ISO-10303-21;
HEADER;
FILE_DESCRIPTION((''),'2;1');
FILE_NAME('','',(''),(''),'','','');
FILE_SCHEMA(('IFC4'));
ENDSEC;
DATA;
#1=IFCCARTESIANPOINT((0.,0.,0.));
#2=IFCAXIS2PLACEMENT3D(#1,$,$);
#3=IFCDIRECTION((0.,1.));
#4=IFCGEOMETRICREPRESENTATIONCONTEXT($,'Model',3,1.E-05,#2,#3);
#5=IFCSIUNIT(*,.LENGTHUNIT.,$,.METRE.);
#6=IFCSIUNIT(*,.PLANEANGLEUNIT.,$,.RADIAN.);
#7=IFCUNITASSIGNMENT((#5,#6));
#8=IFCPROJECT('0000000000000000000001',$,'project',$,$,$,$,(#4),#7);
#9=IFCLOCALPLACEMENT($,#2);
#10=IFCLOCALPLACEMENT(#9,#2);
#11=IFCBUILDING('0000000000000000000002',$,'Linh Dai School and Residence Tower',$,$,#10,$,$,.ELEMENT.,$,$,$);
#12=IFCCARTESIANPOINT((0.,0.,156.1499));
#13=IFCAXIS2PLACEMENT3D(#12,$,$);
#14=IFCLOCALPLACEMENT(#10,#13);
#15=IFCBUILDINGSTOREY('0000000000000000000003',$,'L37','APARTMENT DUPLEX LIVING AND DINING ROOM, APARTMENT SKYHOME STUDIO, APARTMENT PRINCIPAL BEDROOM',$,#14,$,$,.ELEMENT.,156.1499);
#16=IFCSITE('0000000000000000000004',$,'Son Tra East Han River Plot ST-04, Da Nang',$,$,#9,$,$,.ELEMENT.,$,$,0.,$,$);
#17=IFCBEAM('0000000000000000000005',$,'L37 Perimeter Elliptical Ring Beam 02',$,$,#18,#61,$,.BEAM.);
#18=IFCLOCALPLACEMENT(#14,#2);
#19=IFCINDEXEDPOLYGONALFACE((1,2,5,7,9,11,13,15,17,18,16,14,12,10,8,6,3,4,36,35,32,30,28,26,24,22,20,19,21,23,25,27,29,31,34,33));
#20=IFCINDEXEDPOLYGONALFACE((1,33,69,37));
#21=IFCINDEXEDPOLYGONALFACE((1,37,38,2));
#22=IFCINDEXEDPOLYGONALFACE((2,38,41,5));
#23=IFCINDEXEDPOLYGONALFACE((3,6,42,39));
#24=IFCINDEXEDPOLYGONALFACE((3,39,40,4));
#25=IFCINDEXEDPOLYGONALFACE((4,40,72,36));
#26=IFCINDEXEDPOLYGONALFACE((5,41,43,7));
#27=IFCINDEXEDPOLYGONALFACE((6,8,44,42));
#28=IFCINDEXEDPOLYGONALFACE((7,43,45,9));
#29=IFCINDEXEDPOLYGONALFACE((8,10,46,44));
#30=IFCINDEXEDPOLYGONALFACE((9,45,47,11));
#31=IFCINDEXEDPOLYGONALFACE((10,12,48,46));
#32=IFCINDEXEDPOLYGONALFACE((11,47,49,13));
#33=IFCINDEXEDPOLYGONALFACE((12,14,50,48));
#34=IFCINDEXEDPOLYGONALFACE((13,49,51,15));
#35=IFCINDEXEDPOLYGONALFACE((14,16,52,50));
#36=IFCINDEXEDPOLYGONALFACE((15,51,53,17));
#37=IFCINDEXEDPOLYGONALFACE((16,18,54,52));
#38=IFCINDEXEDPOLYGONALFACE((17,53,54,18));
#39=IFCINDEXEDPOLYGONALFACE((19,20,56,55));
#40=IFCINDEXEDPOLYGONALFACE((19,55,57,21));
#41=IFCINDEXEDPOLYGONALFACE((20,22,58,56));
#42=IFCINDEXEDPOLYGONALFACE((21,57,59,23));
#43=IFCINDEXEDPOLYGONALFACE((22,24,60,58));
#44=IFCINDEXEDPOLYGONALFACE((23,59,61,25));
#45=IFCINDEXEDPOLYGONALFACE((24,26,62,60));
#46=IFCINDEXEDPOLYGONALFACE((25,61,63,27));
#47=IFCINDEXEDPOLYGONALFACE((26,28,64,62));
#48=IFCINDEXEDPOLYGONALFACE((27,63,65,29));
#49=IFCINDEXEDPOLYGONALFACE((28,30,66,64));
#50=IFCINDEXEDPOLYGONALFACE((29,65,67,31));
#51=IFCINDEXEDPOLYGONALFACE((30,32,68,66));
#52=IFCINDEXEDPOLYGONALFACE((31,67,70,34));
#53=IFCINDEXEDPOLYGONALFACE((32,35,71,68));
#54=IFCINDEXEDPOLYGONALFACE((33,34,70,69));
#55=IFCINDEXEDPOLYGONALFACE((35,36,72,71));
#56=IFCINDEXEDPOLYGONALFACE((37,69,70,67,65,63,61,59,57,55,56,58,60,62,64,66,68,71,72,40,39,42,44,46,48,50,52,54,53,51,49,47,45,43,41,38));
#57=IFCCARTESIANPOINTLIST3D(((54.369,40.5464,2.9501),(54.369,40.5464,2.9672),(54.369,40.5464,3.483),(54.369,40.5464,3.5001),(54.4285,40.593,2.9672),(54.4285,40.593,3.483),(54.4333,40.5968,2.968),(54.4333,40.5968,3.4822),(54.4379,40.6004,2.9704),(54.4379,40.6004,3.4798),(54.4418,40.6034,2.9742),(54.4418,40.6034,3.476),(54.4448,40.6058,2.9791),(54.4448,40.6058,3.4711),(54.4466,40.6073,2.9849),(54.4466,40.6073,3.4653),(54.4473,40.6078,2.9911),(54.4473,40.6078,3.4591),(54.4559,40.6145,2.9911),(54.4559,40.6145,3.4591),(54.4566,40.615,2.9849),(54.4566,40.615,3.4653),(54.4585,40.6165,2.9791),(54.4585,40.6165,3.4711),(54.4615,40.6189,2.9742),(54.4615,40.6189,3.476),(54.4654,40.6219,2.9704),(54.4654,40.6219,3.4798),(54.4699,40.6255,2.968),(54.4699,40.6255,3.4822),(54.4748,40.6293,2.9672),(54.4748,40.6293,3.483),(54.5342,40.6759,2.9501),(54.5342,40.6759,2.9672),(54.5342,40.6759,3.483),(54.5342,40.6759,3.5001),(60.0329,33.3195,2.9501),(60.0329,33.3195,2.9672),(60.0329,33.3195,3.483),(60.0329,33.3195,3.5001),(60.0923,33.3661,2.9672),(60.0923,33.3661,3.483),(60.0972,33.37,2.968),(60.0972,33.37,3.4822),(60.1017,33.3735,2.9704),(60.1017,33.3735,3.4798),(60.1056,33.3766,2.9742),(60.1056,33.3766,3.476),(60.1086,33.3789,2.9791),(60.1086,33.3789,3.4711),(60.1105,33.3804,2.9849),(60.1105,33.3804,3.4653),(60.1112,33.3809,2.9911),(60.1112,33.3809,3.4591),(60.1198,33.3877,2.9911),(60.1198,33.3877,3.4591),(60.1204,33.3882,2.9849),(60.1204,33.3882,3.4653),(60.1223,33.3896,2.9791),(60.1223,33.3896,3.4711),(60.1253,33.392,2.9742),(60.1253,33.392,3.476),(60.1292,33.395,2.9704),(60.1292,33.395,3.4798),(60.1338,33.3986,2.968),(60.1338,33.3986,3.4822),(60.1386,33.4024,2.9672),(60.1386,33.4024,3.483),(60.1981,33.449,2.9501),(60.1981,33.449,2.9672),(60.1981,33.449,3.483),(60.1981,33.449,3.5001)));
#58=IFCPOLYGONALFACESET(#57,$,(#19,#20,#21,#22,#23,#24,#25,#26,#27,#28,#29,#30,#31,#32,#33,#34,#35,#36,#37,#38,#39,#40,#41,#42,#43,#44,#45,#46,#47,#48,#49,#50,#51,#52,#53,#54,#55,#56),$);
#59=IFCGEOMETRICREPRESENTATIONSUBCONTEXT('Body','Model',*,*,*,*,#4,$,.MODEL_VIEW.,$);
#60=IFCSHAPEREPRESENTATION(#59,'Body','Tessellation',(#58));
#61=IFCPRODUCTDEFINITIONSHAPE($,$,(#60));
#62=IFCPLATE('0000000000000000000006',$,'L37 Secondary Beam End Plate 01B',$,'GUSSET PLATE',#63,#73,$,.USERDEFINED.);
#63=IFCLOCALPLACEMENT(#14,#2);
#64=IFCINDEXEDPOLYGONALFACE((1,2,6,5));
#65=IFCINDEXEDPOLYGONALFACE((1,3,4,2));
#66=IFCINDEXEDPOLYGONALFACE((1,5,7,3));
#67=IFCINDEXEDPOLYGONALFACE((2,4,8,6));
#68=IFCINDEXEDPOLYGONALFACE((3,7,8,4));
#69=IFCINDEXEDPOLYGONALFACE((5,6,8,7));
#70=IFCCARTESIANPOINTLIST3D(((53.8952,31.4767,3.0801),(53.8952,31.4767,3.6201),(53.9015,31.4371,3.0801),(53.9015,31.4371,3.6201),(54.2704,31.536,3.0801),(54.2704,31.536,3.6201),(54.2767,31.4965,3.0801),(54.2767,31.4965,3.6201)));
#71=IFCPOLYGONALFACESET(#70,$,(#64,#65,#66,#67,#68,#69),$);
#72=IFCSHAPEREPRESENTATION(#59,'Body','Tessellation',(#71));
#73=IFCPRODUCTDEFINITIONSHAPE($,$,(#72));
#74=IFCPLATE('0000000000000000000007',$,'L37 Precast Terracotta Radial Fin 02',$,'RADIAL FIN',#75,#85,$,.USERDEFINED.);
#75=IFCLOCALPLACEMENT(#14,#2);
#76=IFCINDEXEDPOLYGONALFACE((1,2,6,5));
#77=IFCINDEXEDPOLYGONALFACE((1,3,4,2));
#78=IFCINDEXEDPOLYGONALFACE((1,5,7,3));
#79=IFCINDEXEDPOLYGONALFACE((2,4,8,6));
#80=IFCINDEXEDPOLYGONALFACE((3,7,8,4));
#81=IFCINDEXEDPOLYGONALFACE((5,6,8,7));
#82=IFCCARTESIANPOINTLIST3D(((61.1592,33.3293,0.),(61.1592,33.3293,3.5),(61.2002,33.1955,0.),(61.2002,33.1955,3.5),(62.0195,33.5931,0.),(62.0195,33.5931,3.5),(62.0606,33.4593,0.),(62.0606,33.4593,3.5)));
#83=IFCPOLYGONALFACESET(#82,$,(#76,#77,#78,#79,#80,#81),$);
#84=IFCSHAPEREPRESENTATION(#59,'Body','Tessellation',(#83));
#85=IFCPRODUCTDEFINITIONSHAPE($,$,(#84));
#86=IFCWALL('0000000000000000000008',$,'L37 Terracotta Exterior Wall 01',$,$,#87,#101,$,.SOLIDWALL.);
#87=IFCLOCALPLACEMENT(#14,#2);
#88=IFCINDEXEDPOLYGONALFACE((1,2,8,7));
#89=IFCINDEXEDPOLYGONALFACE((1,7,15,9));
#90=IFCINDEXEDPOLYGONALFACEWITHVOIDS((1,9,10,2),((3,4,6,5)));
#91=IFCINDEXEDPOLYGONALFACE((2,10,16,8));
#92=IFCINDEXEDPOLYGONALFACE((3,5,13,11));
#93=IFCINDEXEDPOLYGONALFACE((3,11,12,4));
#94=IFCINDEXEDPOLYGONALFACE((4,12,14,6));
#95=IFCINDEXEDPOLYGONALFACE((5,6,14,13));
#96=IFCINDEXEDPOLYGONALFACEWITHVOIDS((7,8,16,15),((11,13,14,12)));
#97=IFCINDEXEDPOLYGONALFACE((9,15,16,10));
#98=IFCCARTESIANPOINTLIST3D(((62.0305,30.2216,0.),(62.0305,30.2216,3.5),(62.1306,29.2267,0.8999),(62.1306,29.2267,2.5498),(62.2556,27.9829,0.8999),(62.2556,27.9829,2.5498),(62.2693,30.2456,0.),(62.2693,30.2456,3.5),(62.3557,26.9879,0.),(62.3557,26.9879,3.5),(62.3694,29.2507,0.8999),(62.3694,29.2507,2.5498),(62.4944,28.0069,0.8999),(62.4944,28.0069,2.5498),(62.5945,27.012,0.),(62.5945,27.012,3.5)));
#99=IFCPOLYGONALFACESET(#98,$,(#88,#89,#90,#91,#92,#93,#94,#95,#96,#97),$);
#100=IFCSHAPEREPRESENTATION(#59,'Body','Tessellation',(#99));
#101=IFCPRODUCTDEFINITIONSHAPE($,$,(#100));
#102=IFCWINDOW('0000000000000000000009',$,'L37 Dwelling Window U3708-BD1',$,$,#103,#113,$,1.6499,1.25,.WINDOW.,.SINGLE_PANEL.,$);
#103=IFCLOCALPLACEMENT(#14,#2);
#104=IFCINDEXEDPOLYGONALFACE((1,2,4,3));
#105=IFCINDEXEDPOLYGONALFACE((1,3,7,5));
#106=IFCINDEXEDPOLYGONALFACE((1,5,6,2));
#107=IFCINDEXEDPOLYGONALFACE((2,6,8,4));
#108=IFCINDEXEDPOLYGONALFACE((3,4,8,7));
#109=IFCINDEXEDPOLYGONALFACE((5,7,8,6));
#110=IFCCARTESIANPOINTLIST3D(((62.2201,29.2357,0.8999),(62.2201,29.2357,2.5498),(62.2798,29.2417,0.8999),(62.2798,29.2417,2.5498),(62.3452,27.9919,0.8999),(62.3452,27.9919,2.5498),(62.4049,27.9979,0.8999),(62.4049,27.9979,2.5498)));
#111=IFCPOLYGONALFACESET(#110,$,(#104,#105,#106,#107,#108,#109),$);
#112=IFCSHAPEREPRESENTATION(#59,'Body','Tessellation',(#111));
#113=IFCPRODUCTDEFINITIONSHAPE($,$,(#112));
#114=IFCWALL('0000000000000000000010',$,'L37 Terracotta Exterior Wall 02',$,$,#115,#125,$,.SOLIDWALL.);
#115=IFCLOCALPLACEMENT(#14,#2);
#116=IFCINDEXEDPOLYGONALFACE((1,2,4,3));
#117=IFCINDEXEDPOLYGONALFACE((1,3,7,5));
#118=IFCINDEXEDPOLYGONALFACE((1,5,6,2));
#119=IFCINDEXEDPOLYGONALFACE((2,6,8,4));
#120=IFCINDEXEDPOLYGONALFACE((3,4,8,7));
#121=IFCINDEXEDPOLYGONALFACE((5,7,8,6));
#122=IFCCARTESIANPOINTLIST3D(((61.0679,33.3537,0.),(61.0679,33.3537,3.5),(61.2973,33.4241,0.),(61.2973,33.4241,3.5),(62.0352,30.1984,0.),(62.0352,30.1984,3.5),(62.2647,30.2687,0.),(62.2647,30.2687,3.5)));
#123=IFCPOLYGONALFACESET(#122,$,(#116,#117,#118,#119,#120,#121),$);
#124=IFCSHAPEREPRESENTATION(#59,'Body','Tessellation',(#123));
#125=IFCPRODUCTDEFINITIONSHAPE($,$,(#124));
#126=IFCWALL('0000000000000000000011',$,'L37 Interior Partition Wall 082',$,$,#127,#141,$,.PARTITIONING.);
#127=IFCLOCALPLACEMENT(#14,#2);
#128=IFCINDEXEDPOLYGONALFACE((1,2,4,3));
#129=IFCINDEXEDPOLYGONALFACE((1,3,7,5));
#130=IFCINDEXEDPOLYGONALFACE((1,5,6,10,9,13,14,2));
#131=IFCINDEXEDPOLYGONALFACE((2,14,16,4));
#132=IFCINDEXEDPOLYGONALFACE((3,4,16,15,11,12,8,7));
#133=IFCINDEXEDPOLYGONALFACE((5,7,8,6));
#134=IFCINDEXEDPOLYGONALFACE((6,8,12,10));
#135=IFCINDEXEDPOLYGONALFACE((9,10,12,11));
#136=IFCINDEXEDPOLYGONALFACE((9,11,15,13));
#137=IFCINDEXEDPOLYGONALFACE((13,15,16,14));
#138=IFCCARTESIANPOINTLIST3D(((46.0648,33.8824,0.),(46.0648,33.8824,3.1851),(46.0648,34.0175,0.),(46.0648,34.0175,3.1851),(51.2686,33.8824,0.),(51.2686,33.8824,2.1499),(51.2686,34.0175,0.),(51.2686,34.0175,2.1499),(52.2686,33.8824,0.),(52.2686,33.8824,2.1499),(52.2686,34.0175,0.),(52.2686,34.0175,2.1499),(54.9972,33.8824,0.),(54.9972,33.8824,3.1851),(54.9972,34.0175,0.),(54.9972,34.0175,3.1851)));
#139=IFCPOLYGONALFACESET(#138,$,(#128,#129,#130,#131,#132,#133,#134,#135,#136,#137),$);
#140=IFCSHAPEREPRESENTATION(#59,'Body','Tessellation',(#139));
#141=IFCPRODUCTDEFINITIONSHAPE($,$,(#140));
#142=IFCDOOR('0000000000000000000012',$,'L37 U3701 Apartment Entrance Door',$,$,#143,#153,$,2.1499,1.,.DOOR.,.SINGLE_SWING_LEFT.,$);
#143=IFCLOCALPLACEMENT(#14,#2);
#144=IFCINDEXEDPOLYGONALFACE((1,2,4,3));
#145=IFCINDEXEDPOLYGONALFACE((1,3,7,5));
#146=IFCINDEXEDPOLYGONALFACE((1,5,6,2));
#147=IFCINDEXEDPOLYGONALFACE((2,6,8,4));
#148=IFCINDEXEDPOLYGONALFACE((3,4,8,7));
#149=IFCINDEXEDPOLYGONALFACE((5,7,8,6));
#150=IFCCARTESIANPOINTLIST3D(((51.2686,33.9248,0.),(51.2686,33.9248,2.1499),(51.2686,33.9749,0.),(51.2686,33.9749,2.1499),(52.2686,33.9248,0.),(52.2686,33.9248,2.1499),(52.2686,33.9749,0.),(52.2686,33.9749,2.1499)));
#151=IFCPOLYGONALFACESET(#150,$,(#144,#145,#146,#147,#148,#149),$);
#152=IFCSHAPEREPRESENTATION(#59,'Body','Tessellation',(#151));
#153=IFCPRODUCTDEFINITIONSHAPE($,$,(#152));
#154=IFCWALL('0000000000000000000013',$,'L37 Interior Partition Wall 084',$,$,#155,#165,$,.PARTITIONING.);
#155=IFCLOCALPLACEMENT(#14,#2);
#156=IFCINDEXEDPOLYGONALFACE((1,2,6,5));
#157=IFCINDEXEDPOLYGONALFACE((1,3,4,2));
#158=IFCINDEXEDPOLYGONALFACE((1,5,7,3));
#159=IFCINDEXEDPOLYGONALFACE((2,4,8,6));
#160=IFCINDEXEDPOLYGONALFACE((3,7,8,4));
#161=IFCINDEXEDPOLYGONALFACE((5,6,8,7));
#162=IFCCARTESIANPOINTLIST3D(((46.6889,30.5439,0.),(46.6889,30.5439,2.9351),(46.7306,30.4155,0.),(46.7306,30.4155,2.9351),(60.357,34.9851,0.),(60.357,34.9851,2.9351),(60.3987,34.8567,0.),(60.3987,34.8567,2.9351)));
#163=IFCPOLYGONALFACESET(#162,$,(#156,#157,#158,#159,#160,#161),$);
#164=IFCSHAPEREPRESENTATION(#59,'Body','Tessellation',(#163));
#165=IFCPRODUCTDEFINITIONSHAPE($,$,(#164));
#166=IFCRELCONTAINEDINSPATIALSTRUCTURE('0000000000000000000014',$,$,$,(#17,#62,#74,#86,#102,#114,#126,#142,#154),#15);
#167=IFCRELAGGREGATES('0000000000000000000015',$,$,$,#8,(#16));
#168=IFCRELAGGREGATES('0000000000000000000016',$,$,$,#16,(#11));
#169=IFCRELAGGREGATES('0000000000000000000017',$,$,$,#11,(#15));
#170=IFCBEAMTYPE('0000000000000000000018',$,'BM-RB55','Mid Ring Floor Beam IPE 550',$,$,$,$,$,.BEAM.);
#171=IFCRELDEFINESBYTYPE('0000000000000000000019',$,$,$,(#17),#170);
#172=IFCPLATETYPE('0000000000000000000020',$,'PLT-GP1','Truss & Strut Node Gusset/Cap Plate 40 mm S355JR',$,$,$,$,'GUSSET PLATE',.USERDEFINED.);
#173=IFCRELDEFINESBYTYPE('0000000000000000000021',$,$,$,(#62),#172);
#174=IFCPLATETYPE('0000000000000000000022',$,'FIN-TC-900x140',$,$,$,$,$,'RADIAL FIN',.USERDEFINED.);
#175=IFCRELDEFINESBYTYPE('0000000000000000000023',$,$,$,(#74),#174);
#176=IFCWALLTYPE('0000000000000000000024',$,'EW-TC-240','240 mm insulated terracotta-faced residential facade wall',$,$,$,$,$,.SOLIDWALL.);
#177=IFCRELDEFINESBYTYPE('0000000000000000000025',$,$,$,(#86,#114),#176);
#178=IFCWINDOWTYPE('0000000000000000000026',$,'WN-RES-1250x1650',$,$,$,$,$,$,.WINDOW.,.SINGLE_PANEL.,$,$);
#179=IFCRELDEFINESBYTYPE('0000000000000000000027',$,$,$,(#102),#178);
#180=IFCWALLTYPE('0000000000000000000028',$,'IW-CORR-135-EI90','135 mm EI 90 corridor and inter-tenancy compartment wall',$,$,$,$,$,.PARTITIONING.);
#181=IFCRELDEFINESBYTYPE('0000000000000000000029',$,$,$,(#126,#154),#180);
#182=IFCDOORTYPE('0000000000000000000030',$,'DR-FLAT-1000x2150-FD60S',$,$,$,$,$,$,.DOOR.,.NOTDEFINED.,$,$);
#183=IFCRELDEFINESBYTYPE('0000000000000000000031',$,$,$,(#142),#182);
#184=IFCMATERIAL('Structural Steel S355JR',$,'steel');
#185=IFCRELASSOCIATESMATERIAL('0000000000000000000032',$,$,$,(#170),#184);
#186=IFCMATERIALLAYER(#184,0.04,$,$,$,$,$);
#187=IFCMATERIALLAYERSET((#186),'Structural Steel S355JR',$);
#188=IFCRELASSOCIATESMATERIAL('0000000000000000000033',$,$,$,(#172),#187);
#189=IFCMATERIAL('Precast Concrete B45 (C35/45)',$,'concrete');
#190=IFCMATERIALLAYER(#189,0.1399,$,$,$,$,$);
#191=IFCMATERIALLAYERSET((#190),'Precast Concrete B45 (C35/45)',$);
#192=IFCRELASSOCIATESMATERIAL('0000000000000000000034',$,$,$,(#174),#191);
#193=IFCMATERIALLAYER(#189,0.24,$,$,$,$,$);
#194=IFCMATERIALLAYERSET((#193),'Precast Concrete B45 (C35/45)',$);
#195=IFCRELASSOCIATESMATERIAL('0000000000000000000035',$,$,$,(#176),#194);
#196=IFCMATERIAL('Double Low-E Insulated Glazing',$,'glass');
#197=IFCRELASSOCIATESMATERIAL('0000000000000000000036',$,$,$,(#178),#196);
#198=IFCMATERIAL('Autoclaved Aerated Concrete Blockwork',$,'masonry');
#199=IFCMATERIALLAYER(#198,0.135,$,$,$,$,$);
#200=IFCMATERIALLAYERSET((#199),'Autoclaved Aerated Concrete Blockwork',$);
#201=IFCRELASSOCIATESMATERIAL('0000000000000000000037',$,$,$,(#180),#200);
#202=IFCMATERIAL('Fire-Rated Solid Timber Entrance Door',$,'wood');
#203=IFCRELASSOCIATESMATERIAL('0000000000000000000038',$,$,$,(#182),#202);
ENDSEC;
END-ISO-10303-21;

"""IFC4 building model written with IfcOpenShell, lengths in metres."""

from ifc_helpers import new_model, si_unit, direction, frame, frame_2d, origin, origin_2d, place, context, subcontext, project, spatial, rectangle, i_section, extrude, source, transform, mapped, material, layer, layer_set, material_profile, profile_set, type_object, element, fill, save


model = new_model("IFC4")

# Units and contexts
model_context = context("Model", 3, precision=1e-05, world=origin(), true_north=direction((0.0, 1.0)))
body_context = subcontext(model_context, "Body", "Model", "MODEL_VIEW")
ifc_project = project(units=[si_unit("LENGTHUNIT", "METRE"), si_unit("PLANEANGLEUNIT", "RADIAN")], contexts=[model_context])

# Site, building, storey
site_placement = place(None, origin())
site = spatial("IfcSite", under=ifc_project, at=site_placement, Name="Son Tra East Han River Plot ST-04, Da Nang", CompositionType="ELEMENT", RefElevation=0.0)
building_placement = place(site_placement, origin())
building = spatial("IfcBuilding", under=site, at=building_placement, Name="Linh Dai School and Residence Tower", CompositionType="ELEMENT")
storey_placement = place(building_placement, frame((0.0, 0.0, 156.1499)))
storey = spatial("IfcBuildingStorey", under=building, at=storey_placement, Name="L37", Description="APARTMENT DUPLEX LIVING AND DINING ROOM, APARTMENT SKYHOME STUDIO, APARTMENT PRINCIPAL BEDROOM", CompositionType="ELEMENT", Elevation=156.1499)

# Shared definitions
ifc_material_1 = material(Name="Structural Steel S355JR", Category="steel")

# Beam
ifc_material_profile_1 = material_profile(ifc_material_1, i_section(OverallWidth=0.21, OverallDepth=0.55, WebThickness=0.011, FlangeThickness=0.0171, FilletRadius=0.0239, at=origin_2d()), Name="IPE 550")
ifc_profile_set_1 = profile_set([ifc_material_profile_1], Name="Structural Steel S355JR")
beam_type = type_object("IfcBeamType", Name="BM-RB55", Description="Mid Ring Floor Beam IPE 550", PredefinedType="BEAM", material=ifc_profile_set_1)
beam_1_placement = place(storey_placement, frame((60.1155, 33.3843, 3.2251), z_axis=(-0.616852, 0.787079, 0.0), x_axis=(-0.787079, -0.616852, 0.0)))
element("IfcBeam", 1, at=beam_1_placement, inside=storey, type_object=beam_type, Name="L37 Perimeter Elliptical Ring Beam 02", PredefinedType="BEAM", context=body_context, shape_type="SweptSolid", body=[
    extrude(i_section(OverallWidth=0.21, OverallDepth=0.55, WebThickness=0.011, FlangeThickness=0.0171, FilletRadius=0.0239, at=origin_2d()), origin(), (0.0, 0.0, 1.0), 9.1819),
])

# Plates
ifc_layer_1 = layer(ifc_material_1, 0.04)
ifc_layer_set_1 = layer_set([ifc_layer_1], Name="Structural Steel S355JR")
plate_type_1 = type_object("IfcPlateType", Name="PLT-GP1", Description="Truss & Strut Node Gusset/Cap Plate 40 mm S355JR", ElementType="GUSSET PLATE", PredefinedType="USERDEFINED", material=ifc_layer_set_1)
shared_shape_1 = source(origin(), body_context, "Body", "SweptSolid", [
    extrude(rectangle(XDim=0.04, YDim=0.3799, at=origin_2d()), origin(), (0.0, 0.0, 1.0), 0.54),
])
plate_1_placement = place(storey_placement, frame((54.0859, 31.4866, 3.0801), z_axis=(0.0, 0.0, 1.0), x_axis=(-0.156309, 0.987708, 0.0)))
element("IfcPlate", 2, at=plate_1_placement, inside=storey, type_object=plate_type_1, Name="L37 Secondary Beam End Plate 01B", ObjectType="GUSSET PLATE", PredefinedType="USERDEFINED", context=body_context, shape_type="MappedRepresentation", body=[
    mapped(shared_shape_1, transform((0.0, 0.0, 0.0), x_axis=(1.0, 0.0, 0.0), y_axis=(0.0, 1.0, 0.0), z_axis=(0.0, 0.0, 1.0), scale=1.0)),
])
ifc_material_2 = material(Name="Precast Concrete B45 (C35/45)", Category="concrete")
ifc_layer_2 = layer(ifc_material_2, 0.1399)
ifc_layer_set_2 = layer_set([ifc_layer_2], Name="Precast Concrete B45 (C35/45)")
plate_type_2 = type_object("IfcPlateType", Name="FIN-TC-900x140", ElementType="RADIAL FIN", PredefinedType="USERDEFINED", material=ifc_layer_set_2)
shared_shape_2 = source(origin(), body_context, "Body", "SweptSolid", [
    extrude(rectangle(XDim=0.8999, YDim=0.1399, at=origin_2d()), origin(), (0.0, 0.0, 1.0), 3.5),
])
plate_2_placement = place(storey_placement, frame((61.6099, 33.3943, 0.0), z_axis=(0.0, 0.0, 1.0), x_axis=(0.956075, 0.293122, 0.0)))
element("IfcPlate", 3, at=plate_2_placement, inside=storey, type_object=plate_type_2, Name="L37 Precast Terracotta Radial Fin 02", ObjectType="RADIAL FIN", PredefinedType="USERDEFINED", context=body_context, shape_type="MappedRepresentation", body=[
    mapped(shared_shape_2, transform((0.0, 0.0, 0.0), x_axis=(1.0, 0.0, 0.0), y_axis=(0.0, 1.0, 0.0), z_axis=(0.0, 0.0, 1.0), scale=1.0)),
])

# Wall, opening, window
ifc_layer_3 = layer(ifc_material_2, 0.24)
ifc_layer_set_3 = layer_set([ifc_layer_3], Name="Precast Concrete B45 (C35/45)")
wall_type_1 = type_object("IfcWallType", Name="EW-TC-240", Description="240 mm insulated terracotta-faced residential facade wall", PredefinedType="SOLIDWALL", material=ifc_layer_set_3)
wall_1_placement = place(storey_placement, frame((62.1499, 30.2336, 0.0), z_axis=(0.0, 0.0, 1.0), x_axis=(0.100062, -0.994981, 0.0)))
wall_1 = element("IfcWall", 4, at=wall_1_placement, inside=storey, type_object=wall_type_1, Name="L37 Terracotta Exterior Wall 01", PredefinedType="SOLIDWALL", context=body_context, shape_type="SweptSolid", body=[
    extrude(rectangle(XDim=3.25, YDim=0.24, at=frame_2d((1.625, 0.0))), origin(), (0.0, 0.0, 1.0), 3.5),
])
opening_1_placement = place(wall_1_placement, frame((1.0, 0.0, 0.8999)))
opening_1 = element("IfcOpeningElement", 5, at=opening_1_placement, cuts=wall_1, PredefinedType="OPENING", context=body_context, shape_type="SweptSolid", body=[
    extrude(rectangle(XDim=1.25, YDim=1.6499, at=origin_2d()), frame((0.625, 0.1299, 0.825), z_axis=(0.0, -1.0, 0.0), x_axis=(1.0, 0.0, 0.0)), (0.0, 0.0, 1.0), 0.26),
])
ifc_material_3 = material(Name="Double Low-E Insulated Glazing", Category="glass")
window_type = type_object("IfcWindowType", Name="WN-RES-1250x1650", PartitioningType="SINGLE_PANEL", PredefinedType="WINDOW", material=ifc_material_3)
shared_shape_3 = source(origin(), body_context, "Body", "SweptSolid", [
    extrude(rectangle(XDim=1.25, YDim=1.6499, at=origin_2d()), frame((0.625, 0.03, 0.825), z_axis=(0.0, -1.0, 0.0), x_axis=(1.0, 0.0, 0.0)), (0.0, 0.0, 1.0), 0.0601),
])
window_placement = place(opening_1_placement, origin())
window = element("IfcWindow", 6, at=window_placement, inside=storey, type_object=window_type, Name="L37 Dwelling Window U3708-BD1", OverallHeight=1.6499, OverallWidth=1.25, PartitioningType="SINGLE_PANEL", PredefinedType="WINDOW", context=body_context, shape_type="MappedRepresentation", body=[
    mapped(shared_shape_3, transform((0.0, 0.0, 0.0), x_axis=(1.0, 0.0, 0.0), y_axis=(0.0, 1.0, 0.0), z_axis=(0.0, 0.0, 1.0), scale=1.0)),
])
fill(opening_1, window)

# Wall
wall_2_placement = place(storey_placement, frame((61.1826, 33.3889, 0.0), z_axis=(0.0, 0.0, 1.0), x_axis=(0.293098, -0.956082, 0.0)))
element("IfcWall", 7, at=wall_2_placement, inside=storey, type_object=wall_type_1, Name="L37 Terracotta Exterior Wall 02", PredefinedType="SOLIDWALL", context=body_context, shape_type="SweptSolid", body=[
    extrude(rectangle(XDim=3.3003, YDim=0.24, at=frame_2d((1.6501, 0.0))), origin(), (0.0, 0.0, 1.0), 3.5),
])

# Wall, opening, door
ifc_material_4 = material(Name="Autoclaved Aerated Concrete Blockwork", Category="masonry")
ifc_layer_4 = layer(ifc_material_4, 0.135)
ifc_layer_set_4 = layer_set([ifc_layer_4], Name="Autoclaved Aerated Concrete Blockwork")
wall_type_2 = type_object("IfcWallType", Name="IW-CORR-135-EI90", Description="135 mm EI 90 corridor and inter-tenancy compartment wall", PredefinedType="PARTITIONING", material=ifc_layer_set_4)
wall_3_placement = place(storey_placement, frame((46.0647, 33.95, 0.0), z_axis=(0.0, 0.0, 1.0), x_axis=(1.0, 0.0, 0.0)))
wall_3 = element("IfcWall", 8, at=wall_3_placement, inside=storey, type_object=wall_type_2, Name="L37 Interior Partition Wall 082", PredefinedType="PARTITIONING", context=body_context, shape_type="SweptSolid", body=[
    extrude(rectangle(XDim=8.9324, YDim=0.135, at=frame_2d((4.4663, 0.0))), origin(), (0.0, 0.0, 1.0), 3.1851),
])
opening_2_placement = place(wall_3_placement, frame((5.2039, 0.0, 0.0)))
opening_2 = element("IfcOpeningElement", 9, at=opening_2_placement, cuts=wall_3, PredefinedType="OPENING", context=body_context, shape_type="SweptSolid", body=[
    extrude(rectangle(XDim=1.0, YDim=2.1499, at=origin_2d()), frame((0.5, 0.0776, 1.075), z_axis=(0.0, -1.0, 0.0), x_axis=(1.0, 0.0, 0.0)), (0.0, 0.0, 1.0), 0.155),
])
ifc_material_5 = material(Name="Fire-Rated Solid Timber Entrance Door", Category="wood")
door_type_1 = type_object("IfcDoorType", Name="DR-FLAT-1000x2150-FD60S", OperationType="NOTDEFINED", PredefinedType="DOOR", material=ifc_material_5)
shared_shape_4 = source(origin(), body_context, "Body", "SweptSolid", [
    extrude(rectangle(XDim=1.0, YDim=2.1499, at=origin_2d()), frame((0.5, 0.0249, 1.075), z_axis=(0.0, -1.0, 0.0), x_axis=(1.0, 0.0, 0.0)), (0.0, 0.0, 1.0), 0.05),
])
door_1_placement = place(opening_2_placement, origin())
door_1 = element("IfcDoor", 10, at=door_1_placement, inside=storey, type_object=door_type_1, Name="L37 U3701 Apartment Entrance Door", OperationType="SINGLE_SWING_LEFT", OverallHeight=2.1499, OverallWidth=1.0, PredefinedType="DOOR", context=body_context, shape_type="MappedRepresentation", body=[
    mapped(shared_shape_4, transform((0.0, 0.0, 0.0), x_axis=(1.0, 0.0, 0.0), y_axis=(0.0, 1.0, 0.0), z_axis=(0.0, 0.0, 1.0), scale=1.0)),
])
fill(opening_2, door_1)

# Wall
wall_4_placement = place(storey_placement, frame((46.7097, 30.4797, 0.0), z_axis=(0.0, 0.0, 1.0), x_axis=(0.951055, 0.309023, 0.0)))
element("IfcWall", 11, at=wall_4_placement, inside=storey, type_object=wall_type_2, Name="L37 Interior Partition Wall 084", PredefinedType="PARTITIONING", context=body_context, shape_type="SweptSolid", body=[
    extrude(rectangle(XDim=14.3716, YDim=0.135, at=frame_2d((7.1858, 0.0))), origin(), (0.0, 0.0, 1.0), 2.9351),
])

save(model, "model.ifc")
